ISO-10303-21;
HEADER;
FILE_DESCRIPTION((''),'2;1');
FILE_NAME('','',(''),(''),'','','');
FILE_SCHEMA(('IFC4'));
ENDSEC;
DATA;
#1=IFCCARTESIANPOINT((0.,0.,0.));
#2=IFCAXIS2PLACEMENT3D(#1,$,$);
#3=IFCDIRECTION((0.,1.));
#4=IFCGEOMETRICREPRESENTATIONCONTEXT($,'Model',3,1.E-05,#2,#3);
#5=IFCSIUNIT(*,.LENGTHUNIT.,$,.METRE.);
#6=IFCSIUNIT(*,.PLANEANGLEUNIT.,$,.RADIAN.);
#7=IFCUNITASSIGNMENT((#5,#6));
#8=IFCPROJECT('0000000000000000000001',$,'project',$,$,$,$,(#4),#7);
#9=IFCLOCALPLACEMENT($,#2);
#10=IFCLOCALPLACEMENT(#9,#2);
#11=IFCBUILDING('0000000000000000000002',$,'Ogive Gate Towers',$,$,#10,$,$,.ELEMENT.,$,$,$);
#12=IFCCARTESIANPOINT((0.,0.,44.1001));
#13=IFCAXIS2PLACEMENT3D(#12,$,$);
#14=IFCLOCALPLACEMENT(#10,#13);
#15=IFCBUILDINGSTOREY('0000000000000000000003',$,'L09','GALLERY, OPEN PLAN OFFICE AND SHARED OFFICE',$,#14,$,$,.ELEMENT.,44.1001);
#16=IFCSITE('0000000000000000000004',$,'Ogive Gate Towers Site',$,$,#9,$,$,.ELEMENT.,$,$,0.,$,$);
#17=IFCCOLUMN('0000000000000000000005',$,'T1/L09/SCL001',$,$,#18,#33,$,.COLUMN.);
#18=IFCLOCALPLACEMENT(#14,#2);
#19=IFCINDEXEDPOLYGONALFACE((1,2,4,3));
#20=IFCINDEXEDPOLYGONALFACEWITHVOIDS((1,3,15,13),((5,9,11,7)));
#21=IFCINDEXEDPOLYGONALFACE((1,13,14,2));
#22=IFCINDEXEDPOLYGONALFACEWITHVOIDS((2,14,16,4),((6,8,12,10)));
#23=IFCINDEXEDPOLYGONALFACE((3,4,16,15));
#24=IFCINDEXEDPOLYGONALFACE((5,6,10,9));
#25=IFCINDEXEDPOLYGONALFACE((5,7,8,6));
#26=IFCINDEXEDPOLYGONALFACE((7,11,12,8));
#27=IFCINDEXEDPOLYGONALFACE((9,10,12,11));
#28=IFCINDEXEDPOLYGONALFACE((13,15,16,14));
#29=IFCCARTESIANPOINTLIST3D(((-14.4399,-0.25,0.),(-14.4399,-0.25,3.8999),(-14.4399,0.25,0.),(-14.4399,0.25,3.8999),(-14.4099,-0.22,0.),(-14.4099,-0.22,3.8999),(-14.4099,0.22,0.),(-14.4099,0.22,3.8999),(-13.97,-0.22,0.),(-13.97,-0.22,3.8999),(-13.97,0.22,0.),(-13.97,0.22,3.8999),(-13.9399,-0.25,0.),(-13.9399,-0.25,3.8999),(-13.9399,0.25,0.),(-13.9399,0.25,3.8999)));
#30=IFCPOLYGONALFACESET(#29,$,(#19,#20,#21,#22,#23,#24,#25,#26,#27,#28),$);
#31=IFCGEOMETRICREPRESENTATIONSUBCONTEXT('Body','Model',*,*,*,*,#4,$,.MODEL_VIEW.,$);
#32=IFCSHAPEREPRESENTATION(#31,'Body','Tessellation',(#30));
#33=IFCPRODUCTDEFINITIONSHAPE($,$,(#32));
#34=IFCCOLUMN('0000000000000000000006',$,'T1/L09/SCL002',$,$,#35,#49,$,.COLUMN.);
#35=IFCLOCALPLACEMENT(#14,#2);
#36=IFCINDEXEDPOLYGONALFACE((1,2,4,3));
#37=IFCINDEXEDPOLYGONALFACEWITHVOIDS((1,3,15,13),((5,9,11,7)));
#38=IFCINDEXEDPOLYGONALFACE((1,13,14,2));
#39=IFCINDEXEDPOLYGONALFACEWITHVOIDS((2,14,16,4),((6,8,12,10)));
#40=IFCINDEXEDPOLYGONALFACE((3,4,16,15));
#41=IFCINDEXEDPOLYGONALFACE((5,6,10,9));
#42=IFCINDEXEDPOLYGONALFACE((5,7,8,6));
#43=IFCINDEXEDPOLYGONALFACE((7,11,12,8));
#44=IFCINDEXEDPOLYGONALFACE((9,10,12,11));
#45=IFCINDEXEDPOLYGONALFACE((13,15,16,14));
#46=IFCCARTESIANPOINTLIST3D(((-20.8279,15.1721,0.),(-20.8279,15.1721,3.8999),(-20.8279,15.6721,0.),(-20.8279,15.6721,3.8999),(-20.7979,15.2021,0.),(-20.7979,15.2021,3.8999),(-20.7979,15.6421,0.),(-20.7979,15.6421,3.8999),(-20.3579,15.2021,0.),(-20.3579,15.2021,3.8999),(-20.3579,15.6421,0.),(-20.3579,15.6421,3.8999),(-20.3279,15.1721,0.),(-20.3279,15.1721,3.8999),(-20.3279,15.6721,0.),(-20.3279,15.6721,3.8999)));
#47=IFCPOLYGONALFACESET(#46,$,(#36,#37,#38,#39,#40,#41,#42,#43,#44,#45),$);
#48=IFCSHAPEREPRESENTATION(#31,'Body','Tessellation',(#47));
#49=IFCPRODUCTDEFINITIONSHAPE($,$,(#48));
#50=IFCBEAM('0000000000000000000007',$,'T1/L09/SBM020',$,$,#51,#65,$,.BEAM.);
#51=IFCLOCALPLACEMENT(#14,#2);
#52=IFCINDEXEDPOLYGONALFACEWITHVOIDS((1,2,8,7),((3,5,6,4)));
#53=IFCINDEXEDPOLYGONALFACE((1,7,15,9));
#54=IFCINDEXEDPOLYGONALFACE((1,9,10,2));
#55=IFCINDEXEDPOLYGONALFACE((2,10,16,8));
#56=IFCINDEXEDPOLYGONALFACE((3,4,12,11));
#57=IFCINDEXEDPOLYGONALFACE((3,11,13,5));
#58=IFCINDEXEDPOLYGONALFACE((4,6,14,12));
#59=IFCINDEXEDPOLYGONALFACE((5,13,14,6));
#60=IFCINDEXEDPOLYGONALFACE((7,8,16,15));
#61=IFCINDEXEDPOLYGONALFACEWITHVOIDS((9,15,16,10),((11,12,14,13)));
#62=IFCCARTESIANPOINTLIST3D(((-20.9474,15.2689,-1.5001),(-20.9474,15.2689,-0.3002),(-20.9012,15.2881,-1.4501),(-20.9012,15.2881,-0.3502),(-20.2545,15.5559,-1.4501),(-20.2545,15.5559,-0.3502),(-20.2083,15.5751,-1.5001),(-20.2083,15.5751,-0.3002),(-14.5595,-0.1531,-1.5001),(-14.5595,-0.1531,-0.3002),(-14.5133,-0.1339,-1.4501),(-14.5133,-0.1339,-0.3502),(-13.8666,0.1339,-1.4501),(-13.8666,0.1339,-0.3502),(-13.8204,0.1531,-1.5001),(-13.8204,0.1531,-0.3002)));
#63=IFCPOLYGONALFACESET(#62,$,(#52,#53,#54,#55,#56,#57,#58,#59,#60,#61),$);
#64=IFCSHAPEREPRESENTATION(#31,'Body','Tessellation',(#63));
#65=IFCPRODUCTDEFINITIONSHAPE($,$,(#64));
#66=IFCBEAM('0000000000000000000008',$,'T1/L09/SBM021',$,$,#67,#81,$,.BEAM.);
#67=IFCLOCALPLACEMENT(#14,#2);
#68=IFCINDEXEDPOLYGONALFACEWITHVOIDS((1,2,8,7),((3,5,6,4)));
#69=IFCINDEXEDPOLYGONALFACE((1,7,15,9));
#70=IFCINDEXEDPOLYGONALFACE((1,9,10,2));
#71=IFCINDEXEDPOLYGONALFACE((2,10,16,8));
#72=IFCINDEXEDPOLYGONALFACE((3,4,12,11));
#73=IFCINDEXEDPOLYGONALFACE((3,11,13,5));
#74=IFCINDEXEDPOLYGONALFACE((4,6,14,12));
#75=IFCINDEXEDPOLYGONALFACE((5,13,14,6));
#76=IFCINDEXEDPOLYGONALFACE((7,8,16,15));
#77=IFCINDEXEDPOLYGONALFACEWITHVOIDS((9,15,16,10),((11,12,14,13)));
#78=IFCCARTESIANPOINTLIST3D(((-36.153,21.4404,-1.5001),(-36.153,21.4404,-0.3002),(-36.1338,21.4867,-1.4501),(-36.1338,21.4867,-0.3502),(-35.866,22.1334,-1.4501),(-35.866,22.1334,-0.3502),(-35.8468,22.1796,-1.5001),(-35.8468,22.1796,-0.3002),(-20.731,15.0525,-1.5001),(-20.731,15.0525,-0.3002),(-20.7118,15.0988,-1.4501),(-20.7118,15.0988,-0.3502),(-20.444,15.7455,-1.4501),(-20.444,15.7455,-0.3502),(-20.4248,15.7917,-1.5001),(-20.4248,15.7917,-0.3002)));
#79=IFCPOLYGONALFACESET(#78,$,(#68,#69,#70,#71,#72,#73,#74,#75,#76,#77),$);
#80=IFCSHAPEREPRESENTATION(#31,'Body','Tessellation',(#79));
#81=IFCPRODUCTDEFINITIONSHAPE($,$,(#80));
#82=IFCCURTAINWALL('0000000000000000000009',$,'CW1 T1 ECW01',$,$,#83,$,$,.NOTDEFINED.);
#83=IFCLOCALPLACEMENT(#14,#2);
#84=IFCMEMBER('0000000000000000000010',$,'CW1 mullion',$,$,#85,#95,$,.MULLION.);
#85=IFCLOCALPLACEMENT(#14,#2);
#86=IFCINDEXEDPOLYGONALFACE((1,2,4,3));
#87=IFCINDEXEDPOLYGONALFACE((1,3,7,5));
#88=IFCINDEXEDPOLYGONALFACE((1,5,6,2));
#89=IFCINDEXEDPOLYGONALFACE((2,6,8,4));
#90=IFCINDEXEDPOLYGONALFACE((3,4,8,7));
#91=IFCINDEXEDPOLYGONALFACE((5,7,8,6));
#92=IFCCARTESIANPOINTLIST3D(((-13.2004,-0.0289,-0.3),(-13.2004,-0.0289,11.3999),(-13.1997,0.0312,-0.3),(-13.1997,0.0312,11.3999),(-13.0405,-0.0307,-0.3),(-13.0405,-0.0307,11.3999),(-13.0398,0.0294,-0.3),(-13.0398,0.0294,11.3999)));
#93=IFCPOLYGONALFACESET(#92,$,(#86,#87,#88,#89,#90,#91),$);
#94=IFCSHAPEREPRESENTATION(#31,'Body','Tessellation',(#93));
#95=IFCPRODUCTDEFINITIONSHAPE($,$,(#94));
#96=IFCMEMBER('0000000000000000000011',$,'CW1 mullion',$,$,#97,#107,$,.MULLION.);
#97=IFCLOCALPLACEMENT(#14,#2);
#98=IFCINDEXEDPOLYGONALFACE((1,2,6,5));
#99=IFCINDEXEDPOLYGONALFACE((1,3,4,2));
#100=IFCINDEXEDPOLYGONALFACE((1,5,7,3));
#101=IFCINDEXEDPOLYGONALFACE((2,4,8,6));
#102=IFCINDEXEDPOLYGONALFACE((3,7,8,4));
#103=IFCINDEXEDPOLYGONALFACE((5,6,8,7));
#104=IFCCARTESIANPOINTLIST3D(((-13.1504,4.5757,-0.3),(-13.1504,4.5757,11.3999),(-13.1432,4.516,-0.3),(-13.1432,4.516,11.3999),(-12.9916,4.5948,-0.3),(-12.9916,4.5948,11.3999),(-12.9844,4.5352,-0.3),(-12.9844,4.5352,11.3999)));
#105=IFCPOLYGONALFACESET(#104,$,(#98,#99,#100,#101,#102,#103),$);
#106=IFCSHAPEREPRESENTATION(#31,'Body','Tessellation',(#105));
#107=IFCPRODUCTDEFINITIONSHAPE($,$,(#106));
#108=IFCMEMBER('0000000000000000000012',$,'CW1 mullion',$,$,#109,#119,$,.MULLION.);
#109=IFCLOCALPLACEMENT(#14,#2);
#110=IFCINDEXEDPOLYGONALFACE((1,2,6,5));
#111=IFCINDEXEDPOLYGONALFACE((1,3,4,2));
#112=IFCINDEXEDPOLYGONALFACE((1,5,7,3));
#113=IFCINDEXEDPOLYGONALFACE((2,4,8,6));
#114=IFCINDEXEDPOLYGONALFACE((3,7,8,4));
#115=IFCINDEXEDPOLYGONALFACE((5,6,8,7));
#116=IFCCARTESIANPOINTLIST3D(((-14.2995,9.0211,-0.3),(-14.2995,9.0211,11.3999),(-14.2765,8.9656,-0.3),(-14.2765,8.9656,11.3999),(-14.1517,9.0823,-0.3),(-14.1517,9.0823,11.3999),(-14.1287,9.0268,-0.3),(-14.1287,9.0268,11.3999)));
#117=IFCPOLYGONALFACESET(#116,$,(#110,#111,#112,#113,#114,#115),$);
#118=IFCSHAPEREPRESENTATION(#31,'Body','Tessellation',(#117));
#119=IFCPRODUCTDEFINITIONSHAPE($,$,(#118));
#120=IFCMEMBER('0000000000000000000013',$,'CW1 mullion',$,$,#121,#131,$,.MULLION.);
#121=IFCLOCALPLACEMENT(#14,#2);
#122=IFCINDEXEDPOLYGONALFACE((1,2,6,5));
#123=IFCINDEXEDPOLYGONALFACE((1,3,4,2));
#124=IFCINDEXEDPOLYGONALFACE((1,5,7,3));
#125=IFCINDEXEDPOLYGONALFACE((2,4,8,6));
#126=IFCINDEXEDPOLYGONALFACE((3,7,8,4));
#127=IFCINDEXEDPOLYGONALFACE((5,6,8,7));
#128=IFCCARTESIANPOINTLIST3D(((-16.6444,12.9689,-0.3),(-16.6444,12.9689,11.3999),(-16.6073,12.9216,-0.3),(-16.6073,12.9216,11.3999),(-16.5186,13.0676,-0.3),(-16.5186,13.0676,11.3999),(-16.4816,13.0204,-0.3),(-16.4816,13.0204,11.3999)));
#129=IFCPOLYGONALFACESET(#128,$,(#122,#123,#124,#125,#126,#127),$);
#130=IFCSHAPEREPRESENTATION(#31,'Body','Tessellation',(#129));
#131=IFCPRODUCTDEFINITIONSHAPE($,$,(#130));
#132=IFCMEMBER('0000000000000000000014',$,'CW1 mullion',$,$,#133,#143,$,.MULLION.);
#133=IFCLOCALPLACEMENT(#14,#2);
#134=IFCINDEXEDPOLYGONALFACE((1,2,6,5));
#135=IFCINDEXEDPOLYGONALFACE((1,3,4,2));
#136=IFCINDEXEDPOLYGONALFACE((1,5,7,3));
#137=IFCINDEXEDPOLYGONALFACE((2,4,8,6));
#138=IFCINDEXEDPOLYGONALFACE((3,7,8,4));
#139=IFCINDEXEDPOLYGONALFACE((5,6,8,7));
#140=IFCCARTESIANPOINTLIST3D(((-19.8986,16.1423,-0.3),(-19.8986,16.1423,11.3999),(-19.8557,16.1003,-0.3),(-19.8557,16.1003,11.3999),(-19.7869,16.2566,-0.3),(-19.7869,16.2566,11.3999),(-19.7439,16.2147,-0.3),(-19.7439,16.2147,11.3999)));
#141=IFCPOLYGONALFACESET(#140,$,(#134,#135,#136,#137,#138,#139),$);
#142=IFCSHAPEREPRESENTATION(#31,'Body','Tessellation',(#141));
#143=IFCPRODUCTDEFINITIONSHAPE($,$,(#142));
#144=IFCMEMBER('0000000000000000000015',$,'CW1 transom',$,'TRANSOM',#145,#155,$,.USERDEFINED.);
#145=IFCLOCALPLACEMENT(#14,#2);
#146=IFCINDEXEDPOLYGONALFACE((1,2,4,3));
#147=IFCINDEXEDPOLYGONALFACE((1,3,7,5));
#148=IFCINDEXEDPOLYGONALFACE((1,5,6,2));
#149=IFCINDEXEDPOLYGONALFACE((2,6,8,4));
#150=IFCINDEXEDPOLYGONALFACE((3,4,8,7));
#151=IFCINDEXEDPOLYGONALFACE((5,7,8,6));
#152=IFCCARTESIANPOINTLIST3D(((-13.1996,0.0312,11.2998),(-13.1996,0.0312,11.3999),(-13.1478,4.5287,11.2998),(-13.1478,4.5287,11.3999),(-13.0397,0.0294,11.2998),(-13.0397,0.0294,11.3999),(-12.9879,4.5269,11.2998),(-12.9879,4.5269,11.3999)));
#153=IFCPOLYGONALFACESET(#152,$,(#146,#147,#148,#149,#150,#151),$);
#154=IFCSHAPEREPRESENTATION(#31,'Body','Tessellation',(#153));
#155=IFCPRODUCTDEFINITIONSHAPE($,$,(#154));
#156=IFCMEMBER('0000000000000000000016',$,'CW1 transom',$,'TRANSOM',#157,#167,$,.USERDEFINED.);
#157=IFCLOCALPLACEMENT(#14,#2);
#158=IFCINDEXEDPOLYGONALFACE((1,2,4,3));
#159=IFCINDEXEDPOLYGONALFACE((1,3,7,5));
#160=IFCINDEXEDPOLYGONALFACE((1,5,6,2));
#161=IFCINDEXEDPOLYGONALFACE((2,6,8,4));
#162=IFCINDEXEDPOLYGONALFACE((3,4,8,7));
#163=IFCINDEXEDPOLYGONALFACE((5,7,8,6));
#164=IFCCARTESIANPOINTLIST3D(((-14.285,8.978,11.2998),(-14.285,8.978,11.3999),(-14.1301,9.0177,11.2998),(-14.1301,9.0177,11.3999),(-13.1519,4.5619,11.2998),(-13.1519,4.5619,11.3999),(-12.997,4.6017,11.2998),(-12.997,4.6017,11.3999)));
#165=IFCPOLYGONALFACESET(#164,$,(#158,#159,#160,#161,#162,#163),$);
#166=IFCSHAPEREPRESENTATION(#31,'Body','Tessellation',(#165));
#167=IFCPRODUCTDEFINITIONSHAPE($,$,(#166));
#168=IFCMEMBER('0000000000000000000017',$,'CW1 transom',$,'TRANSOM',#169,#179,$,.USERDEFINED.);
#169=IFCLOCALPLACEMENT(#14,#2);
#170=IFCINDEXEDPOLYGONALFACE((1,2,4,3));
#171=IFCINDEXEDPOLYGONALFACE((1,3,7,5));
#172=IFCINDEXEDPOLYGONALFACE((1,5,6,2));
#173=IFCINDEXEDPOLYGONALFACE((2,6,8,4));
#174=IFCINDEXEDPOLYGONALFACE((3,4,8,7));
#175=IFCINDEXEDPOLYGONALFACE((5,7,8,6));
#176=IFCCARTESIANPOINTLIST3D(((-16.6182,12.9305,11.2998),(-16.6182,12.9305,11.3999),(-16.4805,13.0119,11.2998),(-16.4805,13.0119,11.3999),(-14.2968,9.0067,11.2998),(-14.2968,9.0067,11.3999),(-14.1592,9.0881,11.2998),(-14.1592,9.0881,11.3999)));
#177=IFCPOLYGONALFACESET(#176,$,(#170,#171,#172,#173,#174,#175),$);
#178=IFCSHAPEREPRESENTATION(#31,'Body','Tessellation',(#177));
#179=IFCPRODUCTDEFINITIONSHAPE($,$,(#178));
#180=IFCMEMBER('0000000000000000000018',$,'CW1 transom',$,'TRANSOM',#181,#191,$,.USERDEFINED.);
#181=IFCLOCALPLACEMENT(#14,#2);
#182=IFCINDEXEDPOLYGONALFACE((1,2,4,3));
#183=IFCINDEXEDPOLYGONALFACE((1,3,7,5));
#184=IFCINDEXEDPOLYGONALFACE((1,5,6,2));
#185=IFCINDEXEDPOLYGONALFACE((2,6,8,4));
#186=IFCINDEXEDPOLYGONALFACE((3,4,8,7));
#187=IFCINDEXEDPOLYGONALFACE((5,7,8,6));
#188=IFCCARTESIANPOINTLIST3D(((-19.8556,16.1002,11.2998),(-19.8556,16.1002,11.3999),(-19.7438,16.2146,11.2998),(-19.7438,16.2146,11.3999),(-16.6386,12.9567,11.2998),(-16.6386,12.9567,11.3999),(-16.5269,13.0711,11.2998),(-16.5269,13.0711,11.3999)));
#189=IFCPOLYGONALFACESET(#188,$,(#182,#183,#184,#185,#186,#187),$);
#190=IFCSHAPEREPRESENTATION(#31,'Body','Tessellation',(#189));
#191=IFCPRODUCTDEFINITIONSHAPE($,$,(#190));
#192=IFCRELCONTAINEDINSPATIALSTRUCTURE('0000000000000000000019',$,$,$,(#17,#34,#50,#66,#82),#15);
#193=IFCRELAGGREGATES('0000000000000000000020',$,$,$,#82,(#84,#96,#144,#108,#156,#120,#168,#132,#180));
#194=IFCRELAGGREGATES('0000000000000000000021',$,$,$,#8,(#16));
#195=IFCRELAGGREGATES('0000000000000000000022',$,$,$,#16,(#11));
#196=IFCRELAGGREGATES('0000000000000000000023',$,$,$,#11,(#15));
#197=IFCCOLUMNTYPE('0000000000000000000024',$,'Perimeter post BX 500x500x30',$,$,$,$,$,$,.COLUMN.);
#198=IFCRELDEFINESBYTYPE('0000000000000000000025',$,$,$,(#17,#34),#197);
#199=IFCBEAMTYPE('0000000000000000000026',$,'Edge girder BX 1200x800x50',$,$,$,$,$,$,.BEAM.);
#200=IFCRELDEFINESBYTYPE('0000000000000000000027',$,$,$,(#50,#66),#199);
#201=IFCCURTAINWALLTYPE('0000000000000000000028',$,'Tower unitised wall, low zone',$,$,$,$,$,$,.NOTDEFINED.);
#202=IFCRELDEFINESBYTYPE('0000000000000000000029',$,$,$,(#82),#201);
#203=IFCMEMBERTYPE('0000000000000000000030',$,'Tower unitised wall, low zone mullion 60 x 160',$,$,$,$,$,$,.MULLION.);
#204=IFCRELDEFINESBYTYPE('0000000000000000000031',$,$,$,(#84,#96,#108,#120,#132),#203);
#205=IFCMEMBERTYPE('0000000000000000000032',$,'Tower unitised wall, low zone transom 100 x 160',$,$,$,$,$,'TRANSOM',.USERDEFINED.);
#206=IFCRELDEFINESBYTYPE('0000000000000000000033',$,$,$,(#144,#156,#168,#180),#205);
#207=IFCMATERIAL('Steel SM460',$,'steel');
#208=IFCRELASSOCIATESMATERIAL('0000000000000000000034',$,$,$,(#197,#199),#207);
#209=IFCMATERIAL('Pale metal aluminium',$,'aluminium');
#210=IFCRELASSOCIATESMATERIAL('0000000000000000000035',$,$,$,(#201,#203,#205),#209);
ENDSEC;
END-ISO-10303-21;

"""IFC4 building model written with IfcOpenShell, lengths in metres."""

from ifc_helpers import new_model, si_unit, direction, frame, origin, origin_2d, place, context, subcontext, project, spatial, rectangle, hollow_rectangle, extrude, material, material_profile, profile_set, type_object, element, aggregate, save


model = new_model("IFC4")

# Units and contexts
model_context = context("Model", 3, precision=1e-05, world=origin(), true_north=direction((0.0, 1.0)))
body_context = subcontext(model_context, "Body", "Model", "MODEL_VIEW")
ifc_project = project(units=[si_unit("LENGTHUNIT", "METRE"), si_unit("PLANEANGLEUNIT", "RADIAN")], contexts=[model_context])

# Site, building, storey
site_placement = place(None, origin())
site = spatial("IfcSite", under=ifc_project, at=site_placement, Name="Ogive Gate Towers Site", CompositionType="ELEMENT", RefElevation=0.0)
building_placement = place(site_placement, origin())
building = spatial("IfcBuilding", under=site, at=building_placement, Name="Ogive Gate Towers", CompositionType="ELEMENT")
storey_placement = place(building_placement, frame((0.0, 0.0, 44.1001)))
storey = spatial("IfcBuildingStorey", under=building, at=storey_placement, Name="L09", Description="GALLERY, OPEN PLAN OFFICE AND SHARED OFFICE", CompositionType="ELEMENT", Elevation=44.1001)

# Columns
ifc_material_1 = material(Name="Steel SM460", Category="steel")
ifc_material_profile_1 = material_profile(ifc_material_1, hollow_rectangle(XDim=0.5, YDim=0.5, WallThickness=0.03, at=origin_2d()), Name="BX 500x500x30")
ifc_profile_set_1 = profile_set([ifc_material_profile_1], Name="Steel SM460")
column_type = type_object("IfcColumnType", Name="Perimeter post BX 500x500x30", PredefinedType="COLUMN", material=ifc_profile_set_1)
for number, where, z_axis, x_axis, name in (
    (1, (-14.1899, 0.0, 0.0), (0.0, 0.0, 1.0), (1.0, 0.0, 0.0), "T1/L09/SCL001"),
    (2, (-20.5779, 15.4221, 0.0), (0.0, 0.0, 1.0), (1.0, 0.0, 0.0), "T1/L09/SCL002"),
):
    element("IfcColumn", number, at=place(storey_placement, frame(where, z_axis=z_axis, x_axis=x_axis)), inside=storey, type_object=column_type, Name=name, PredefinedType="COLUMN", context=body_context, shape_type="SweptSolid", body=[
        extrude(hollow_rectangle(XDim=0.5, YDim=0.5, WallThickness=0.03, at=origin_2d()), origin(), (0.0, 0.0, 1.0), 3.8999),
    ])

# Beams
ifc_material_profile_2 = material_profile(ifc_material_1, hollow_rectangle(XDim=0.8, YDim=1.2, WallThickness=0.05, at=origin_2d()), Name="BX 1200x800x50")
ifc_profile_set_2 = profile_set([ifc_material_profile_2], Name="Steel SM460")
beam_type = type_object("IfcBeamType", Name="Edge girder BX 1200x800x50", PredefinedType="BEAM", material=ifc_profile_set_2)
for number, where, z_axis, x_axis, name in (
    (3, (-14.1899, 0.0, -0.9001), (-0.382678, 0.923882, 0.0), (-0.923882, -0.382678, 0.0), "T1/L09/SBM020"),
    (4, (-20.5779, 15.4221, -0.9001), (-0.923882, 0.382678, 0.0), (-0.382678, -0.923882, 0.0), "T1/L09/SBM021"),
):
    element("IfcBeam", number, at=place(storey_placement, frame(where, z_axis=z_axis, x_axis=x_axis)), inside=storey, type_object=beam_type, Name=name, PredefinedType="BEAM", context=body_context, shape_type="SweptSolid", body=[
        extrude(hollow_rectangle(XDim=0.8, YDim=1.2, WallThickness=0.05, at=origin_2d()), origin(), (0.0, 0.0, 1.0), 16.6926),
    ])

# Curtain wall, members
ifc_material_2 = material(Name="Pale metal aluminium", Category="aluminium")
curtain_wall_type = type_object("IfcCurtainWallType", Name="Tower unitised wall, low zone", PredefinedType="NOTDEFINED", material=ifc_material_2)
curtain_wall_1_placement = place(storey_placement, origin())
curtain_wall_1 = element("IfcCurtainWall", 5, at=curtain_wall_1_placement, inside=storey, type_object=curtain_wall_type, Name="CW1 T1 ECW01", PredefinedType="NOTDEFINED")
ifc_material_profile_3 = material_profile(ifc_material_2, rectangle(XDim=0.1599, YDim=0.0601, at=origin_2d()), Name="60 x 160 aluminium box")
ifc_profile_set_3 = profile_set([ifc_material_profile_3], Name="Pale metal aluminium")
member_type_1 = type_object("IfcMemberType", Name="Tower unitised wall, low zone mullion 60 x 160", PredefinedType="MULLION", material=ifc_profile_set_3)
member_1_placement = place(storey_placement, frame((-13.1201, 0.0002, -0.3), z_axis=(0.0, 0.0, 1.0), x_axis=(0.999934, -0.011501, 0.0)))
member_1 = element("IfcMember", 6, at=member_1_placement, type_object=member_type_1, Name="CW1 mullion", PredefinedType="MULLION", context=body_context, shape_type="SweptSolid", body=[
    extrude(rectangle(XDim=0.1599, YDim=0.0601, at=origin_2d()), origin(), (0.0, 0.0, 1.0), 11.7),
])
member_2_placement = place(storey_placement, frame((-13.0674, 4.5554, -0.3), z_axis=(0.0, 0.0, 1.0), x_axis=(0.992828, 0.119548, 0.0)))
member_2 = element("IfcMember", 7, at=member_2_placement, type_object=member_type_1, Name="CW1 mullion", PredefinedType="MULLION", context=body_context, shape_type="SweptSolid", body=[
    extrude(rectangle(XDim=0.1599, YDim=0.0601, at=origin_2d()), origin(), (0.0, 0.0, 1.0), 11.7),
])
member_3_placement = place(storey_placement, frame((-14.2141, 9.0239, -0.3), z_axis=(0.0, 0.0, 1.0), x_axis=(0.92388, 0.382683, 0.0)))
member_3 = element("IfcMember", 8, at=member_3_placement, type_object=member_type_1, Name="CW1 mullion", PredefinedType="MULLION", context=body_context, shape_type="SweptSolid", body=[
    extrude(rectangle(XDim=0.1599, YDim=0.0601, at=origin_2d()), origin(), (0.0, 0.0, 1.0), 11.7),
])
member_4_placement = place(storey_placement, frame((-16.563, 12.9946, -0.3), z_axis=(0.0, 0.0, 1.0), x_axis=(0.786558, 0.617516, 0.0)))
member_4 = element("IfcMember", 9, at=member_4_placement, type_object=member_type_1, Name="CW1 mullion", PredefinedType="MULLION", context=body_context, shape_type="SweptSolid", body=[
    extrude(rectangle(XDim=0.1599, YDim=0.0601, at=origin_2d()), origin(), (0.0, 0.0, 1.0), 11.7),
])
member_5_placement = place(storey_placement, frame((-19.8213, 16.1785, -0.3), z_axis=(0.0, 0.0, 1.0), x_axis=(0.698915, 0.715205, 0.0)))
member_5 = element("IfcMember", 10, at=member_5_placement, type_object=member_type_1, Name="CW1 mullion", PredefinedType="MULLION", context=body_context, shape_type="SweptSolid", body=[
    extrude(rectangle(XDim=0.1599, YDim=0.0601, at=origin_2d()), origin(), (0.0, 0.0, 1.0), 11.7),
])
ifc_material_profile_4 = material_profile(ifc_material_2, rectangle(XDim=0.1599, YDim=0.1001, at=origin_2d()), Name="100 x 160 aluminium box")
ifc_profile_set_4 = profile_set([ifc_material_profile_4], Name="Pale metal aluminium")
member_type_2 = type_object("IfcMemberType", Name="Tower unitised wall, low zone transom 100 x 160", ElementType="TRANSOM", PredefinedType="USERDEFINED", material=ifc_profile_set_4)
member_6_placement = place(storey_placement, frame((-13.1196, 0.0303, 11.3499), z_axis=(0.011507, 0.999934, 0.0), x_axis=(-0.999934, 0.011507, 0.0)))
member_6 = element("IfcMember", 11, at=member_6_placement, type_object=member_type_2, Name="CW1 transom", ObjectType="TRANSOM", PredefinedType="USERDEFINED", context=body_context, shape_type="SweptSolid", body=[
    extrude(rectangle(XDim=0.1599, YDim=0.1001, at=origin_2d()), origin(), (0.0, 0.0, 1.0), 4.4978),
])
member_7_placement = place(storey_placement, frame((-13.0745, 4.5818, 11.3499), z_axis=(-0.248529, 0.968625, 0.0), x_axis=(-0.968625, -0.248529, 0.0)))
member_7 = element("IfcMember", 12, at=member_7_placement, type_object=member_type_2, Name="CW1 transom", ObjectType="TRANSOM", PredefinedType="USERDEFINED", context=body_context, shape_type="SweptSolid", body=[
    extrude(rectangle(XDim=0.1599, YDim=0.1001, at=origin_2d()), origin(), (0.0, 0.0, 1.0), 4.5591),
])
member_8_placement = place(storey_placement, frame((-14.228, 9.0474, 11.3499), z_axis=(-0.509162, 0.860671, 0.0), x_axis=(-0.860671, -0.509162, 0.0)))
member_8 = element("IfcMember", 13, at=member_8_placement, type_object=member_type_2, Name="CW1 transom", ObjectType="TRANSOM", PredefinedType="USERDEFINED", context=body_context, shape_type="SweptSolid", body=[
    extrude(rectangle(XDim=0.1599, YDim=0.1001, at=origin_2d()), origin(), (0.0, 0.0, 1.0), 4.5591),
])
member_9_placement = place(storey_placement, frame((-16.5828, 13.0139, 11.3499), z_axis=(-0.715229, 0.698891, 0.0), x_axis=(-0.698891, -0.715229, 0.0)))
member_9 = element("IfcMember", 14, at=member_9_placement, type_object=member_type_2, Name="CW1 transom", ObjectType="TRANSOM", PredefinedType="USERDEFINED", context=body_context, shape_type="SweptSolid", body=[
    extrude(rectangle(XDim=0.1599, YDim=0.1001, at=origin_2d()), origin(), (0.0, 0.0, 1.0), 4.4978),
])

aggregate(curtain_wall_1, [member_1, member_2, member_6, member_3, member_7, member_4, member_8, member_5, member_9])

save(model, "model.ifc")
